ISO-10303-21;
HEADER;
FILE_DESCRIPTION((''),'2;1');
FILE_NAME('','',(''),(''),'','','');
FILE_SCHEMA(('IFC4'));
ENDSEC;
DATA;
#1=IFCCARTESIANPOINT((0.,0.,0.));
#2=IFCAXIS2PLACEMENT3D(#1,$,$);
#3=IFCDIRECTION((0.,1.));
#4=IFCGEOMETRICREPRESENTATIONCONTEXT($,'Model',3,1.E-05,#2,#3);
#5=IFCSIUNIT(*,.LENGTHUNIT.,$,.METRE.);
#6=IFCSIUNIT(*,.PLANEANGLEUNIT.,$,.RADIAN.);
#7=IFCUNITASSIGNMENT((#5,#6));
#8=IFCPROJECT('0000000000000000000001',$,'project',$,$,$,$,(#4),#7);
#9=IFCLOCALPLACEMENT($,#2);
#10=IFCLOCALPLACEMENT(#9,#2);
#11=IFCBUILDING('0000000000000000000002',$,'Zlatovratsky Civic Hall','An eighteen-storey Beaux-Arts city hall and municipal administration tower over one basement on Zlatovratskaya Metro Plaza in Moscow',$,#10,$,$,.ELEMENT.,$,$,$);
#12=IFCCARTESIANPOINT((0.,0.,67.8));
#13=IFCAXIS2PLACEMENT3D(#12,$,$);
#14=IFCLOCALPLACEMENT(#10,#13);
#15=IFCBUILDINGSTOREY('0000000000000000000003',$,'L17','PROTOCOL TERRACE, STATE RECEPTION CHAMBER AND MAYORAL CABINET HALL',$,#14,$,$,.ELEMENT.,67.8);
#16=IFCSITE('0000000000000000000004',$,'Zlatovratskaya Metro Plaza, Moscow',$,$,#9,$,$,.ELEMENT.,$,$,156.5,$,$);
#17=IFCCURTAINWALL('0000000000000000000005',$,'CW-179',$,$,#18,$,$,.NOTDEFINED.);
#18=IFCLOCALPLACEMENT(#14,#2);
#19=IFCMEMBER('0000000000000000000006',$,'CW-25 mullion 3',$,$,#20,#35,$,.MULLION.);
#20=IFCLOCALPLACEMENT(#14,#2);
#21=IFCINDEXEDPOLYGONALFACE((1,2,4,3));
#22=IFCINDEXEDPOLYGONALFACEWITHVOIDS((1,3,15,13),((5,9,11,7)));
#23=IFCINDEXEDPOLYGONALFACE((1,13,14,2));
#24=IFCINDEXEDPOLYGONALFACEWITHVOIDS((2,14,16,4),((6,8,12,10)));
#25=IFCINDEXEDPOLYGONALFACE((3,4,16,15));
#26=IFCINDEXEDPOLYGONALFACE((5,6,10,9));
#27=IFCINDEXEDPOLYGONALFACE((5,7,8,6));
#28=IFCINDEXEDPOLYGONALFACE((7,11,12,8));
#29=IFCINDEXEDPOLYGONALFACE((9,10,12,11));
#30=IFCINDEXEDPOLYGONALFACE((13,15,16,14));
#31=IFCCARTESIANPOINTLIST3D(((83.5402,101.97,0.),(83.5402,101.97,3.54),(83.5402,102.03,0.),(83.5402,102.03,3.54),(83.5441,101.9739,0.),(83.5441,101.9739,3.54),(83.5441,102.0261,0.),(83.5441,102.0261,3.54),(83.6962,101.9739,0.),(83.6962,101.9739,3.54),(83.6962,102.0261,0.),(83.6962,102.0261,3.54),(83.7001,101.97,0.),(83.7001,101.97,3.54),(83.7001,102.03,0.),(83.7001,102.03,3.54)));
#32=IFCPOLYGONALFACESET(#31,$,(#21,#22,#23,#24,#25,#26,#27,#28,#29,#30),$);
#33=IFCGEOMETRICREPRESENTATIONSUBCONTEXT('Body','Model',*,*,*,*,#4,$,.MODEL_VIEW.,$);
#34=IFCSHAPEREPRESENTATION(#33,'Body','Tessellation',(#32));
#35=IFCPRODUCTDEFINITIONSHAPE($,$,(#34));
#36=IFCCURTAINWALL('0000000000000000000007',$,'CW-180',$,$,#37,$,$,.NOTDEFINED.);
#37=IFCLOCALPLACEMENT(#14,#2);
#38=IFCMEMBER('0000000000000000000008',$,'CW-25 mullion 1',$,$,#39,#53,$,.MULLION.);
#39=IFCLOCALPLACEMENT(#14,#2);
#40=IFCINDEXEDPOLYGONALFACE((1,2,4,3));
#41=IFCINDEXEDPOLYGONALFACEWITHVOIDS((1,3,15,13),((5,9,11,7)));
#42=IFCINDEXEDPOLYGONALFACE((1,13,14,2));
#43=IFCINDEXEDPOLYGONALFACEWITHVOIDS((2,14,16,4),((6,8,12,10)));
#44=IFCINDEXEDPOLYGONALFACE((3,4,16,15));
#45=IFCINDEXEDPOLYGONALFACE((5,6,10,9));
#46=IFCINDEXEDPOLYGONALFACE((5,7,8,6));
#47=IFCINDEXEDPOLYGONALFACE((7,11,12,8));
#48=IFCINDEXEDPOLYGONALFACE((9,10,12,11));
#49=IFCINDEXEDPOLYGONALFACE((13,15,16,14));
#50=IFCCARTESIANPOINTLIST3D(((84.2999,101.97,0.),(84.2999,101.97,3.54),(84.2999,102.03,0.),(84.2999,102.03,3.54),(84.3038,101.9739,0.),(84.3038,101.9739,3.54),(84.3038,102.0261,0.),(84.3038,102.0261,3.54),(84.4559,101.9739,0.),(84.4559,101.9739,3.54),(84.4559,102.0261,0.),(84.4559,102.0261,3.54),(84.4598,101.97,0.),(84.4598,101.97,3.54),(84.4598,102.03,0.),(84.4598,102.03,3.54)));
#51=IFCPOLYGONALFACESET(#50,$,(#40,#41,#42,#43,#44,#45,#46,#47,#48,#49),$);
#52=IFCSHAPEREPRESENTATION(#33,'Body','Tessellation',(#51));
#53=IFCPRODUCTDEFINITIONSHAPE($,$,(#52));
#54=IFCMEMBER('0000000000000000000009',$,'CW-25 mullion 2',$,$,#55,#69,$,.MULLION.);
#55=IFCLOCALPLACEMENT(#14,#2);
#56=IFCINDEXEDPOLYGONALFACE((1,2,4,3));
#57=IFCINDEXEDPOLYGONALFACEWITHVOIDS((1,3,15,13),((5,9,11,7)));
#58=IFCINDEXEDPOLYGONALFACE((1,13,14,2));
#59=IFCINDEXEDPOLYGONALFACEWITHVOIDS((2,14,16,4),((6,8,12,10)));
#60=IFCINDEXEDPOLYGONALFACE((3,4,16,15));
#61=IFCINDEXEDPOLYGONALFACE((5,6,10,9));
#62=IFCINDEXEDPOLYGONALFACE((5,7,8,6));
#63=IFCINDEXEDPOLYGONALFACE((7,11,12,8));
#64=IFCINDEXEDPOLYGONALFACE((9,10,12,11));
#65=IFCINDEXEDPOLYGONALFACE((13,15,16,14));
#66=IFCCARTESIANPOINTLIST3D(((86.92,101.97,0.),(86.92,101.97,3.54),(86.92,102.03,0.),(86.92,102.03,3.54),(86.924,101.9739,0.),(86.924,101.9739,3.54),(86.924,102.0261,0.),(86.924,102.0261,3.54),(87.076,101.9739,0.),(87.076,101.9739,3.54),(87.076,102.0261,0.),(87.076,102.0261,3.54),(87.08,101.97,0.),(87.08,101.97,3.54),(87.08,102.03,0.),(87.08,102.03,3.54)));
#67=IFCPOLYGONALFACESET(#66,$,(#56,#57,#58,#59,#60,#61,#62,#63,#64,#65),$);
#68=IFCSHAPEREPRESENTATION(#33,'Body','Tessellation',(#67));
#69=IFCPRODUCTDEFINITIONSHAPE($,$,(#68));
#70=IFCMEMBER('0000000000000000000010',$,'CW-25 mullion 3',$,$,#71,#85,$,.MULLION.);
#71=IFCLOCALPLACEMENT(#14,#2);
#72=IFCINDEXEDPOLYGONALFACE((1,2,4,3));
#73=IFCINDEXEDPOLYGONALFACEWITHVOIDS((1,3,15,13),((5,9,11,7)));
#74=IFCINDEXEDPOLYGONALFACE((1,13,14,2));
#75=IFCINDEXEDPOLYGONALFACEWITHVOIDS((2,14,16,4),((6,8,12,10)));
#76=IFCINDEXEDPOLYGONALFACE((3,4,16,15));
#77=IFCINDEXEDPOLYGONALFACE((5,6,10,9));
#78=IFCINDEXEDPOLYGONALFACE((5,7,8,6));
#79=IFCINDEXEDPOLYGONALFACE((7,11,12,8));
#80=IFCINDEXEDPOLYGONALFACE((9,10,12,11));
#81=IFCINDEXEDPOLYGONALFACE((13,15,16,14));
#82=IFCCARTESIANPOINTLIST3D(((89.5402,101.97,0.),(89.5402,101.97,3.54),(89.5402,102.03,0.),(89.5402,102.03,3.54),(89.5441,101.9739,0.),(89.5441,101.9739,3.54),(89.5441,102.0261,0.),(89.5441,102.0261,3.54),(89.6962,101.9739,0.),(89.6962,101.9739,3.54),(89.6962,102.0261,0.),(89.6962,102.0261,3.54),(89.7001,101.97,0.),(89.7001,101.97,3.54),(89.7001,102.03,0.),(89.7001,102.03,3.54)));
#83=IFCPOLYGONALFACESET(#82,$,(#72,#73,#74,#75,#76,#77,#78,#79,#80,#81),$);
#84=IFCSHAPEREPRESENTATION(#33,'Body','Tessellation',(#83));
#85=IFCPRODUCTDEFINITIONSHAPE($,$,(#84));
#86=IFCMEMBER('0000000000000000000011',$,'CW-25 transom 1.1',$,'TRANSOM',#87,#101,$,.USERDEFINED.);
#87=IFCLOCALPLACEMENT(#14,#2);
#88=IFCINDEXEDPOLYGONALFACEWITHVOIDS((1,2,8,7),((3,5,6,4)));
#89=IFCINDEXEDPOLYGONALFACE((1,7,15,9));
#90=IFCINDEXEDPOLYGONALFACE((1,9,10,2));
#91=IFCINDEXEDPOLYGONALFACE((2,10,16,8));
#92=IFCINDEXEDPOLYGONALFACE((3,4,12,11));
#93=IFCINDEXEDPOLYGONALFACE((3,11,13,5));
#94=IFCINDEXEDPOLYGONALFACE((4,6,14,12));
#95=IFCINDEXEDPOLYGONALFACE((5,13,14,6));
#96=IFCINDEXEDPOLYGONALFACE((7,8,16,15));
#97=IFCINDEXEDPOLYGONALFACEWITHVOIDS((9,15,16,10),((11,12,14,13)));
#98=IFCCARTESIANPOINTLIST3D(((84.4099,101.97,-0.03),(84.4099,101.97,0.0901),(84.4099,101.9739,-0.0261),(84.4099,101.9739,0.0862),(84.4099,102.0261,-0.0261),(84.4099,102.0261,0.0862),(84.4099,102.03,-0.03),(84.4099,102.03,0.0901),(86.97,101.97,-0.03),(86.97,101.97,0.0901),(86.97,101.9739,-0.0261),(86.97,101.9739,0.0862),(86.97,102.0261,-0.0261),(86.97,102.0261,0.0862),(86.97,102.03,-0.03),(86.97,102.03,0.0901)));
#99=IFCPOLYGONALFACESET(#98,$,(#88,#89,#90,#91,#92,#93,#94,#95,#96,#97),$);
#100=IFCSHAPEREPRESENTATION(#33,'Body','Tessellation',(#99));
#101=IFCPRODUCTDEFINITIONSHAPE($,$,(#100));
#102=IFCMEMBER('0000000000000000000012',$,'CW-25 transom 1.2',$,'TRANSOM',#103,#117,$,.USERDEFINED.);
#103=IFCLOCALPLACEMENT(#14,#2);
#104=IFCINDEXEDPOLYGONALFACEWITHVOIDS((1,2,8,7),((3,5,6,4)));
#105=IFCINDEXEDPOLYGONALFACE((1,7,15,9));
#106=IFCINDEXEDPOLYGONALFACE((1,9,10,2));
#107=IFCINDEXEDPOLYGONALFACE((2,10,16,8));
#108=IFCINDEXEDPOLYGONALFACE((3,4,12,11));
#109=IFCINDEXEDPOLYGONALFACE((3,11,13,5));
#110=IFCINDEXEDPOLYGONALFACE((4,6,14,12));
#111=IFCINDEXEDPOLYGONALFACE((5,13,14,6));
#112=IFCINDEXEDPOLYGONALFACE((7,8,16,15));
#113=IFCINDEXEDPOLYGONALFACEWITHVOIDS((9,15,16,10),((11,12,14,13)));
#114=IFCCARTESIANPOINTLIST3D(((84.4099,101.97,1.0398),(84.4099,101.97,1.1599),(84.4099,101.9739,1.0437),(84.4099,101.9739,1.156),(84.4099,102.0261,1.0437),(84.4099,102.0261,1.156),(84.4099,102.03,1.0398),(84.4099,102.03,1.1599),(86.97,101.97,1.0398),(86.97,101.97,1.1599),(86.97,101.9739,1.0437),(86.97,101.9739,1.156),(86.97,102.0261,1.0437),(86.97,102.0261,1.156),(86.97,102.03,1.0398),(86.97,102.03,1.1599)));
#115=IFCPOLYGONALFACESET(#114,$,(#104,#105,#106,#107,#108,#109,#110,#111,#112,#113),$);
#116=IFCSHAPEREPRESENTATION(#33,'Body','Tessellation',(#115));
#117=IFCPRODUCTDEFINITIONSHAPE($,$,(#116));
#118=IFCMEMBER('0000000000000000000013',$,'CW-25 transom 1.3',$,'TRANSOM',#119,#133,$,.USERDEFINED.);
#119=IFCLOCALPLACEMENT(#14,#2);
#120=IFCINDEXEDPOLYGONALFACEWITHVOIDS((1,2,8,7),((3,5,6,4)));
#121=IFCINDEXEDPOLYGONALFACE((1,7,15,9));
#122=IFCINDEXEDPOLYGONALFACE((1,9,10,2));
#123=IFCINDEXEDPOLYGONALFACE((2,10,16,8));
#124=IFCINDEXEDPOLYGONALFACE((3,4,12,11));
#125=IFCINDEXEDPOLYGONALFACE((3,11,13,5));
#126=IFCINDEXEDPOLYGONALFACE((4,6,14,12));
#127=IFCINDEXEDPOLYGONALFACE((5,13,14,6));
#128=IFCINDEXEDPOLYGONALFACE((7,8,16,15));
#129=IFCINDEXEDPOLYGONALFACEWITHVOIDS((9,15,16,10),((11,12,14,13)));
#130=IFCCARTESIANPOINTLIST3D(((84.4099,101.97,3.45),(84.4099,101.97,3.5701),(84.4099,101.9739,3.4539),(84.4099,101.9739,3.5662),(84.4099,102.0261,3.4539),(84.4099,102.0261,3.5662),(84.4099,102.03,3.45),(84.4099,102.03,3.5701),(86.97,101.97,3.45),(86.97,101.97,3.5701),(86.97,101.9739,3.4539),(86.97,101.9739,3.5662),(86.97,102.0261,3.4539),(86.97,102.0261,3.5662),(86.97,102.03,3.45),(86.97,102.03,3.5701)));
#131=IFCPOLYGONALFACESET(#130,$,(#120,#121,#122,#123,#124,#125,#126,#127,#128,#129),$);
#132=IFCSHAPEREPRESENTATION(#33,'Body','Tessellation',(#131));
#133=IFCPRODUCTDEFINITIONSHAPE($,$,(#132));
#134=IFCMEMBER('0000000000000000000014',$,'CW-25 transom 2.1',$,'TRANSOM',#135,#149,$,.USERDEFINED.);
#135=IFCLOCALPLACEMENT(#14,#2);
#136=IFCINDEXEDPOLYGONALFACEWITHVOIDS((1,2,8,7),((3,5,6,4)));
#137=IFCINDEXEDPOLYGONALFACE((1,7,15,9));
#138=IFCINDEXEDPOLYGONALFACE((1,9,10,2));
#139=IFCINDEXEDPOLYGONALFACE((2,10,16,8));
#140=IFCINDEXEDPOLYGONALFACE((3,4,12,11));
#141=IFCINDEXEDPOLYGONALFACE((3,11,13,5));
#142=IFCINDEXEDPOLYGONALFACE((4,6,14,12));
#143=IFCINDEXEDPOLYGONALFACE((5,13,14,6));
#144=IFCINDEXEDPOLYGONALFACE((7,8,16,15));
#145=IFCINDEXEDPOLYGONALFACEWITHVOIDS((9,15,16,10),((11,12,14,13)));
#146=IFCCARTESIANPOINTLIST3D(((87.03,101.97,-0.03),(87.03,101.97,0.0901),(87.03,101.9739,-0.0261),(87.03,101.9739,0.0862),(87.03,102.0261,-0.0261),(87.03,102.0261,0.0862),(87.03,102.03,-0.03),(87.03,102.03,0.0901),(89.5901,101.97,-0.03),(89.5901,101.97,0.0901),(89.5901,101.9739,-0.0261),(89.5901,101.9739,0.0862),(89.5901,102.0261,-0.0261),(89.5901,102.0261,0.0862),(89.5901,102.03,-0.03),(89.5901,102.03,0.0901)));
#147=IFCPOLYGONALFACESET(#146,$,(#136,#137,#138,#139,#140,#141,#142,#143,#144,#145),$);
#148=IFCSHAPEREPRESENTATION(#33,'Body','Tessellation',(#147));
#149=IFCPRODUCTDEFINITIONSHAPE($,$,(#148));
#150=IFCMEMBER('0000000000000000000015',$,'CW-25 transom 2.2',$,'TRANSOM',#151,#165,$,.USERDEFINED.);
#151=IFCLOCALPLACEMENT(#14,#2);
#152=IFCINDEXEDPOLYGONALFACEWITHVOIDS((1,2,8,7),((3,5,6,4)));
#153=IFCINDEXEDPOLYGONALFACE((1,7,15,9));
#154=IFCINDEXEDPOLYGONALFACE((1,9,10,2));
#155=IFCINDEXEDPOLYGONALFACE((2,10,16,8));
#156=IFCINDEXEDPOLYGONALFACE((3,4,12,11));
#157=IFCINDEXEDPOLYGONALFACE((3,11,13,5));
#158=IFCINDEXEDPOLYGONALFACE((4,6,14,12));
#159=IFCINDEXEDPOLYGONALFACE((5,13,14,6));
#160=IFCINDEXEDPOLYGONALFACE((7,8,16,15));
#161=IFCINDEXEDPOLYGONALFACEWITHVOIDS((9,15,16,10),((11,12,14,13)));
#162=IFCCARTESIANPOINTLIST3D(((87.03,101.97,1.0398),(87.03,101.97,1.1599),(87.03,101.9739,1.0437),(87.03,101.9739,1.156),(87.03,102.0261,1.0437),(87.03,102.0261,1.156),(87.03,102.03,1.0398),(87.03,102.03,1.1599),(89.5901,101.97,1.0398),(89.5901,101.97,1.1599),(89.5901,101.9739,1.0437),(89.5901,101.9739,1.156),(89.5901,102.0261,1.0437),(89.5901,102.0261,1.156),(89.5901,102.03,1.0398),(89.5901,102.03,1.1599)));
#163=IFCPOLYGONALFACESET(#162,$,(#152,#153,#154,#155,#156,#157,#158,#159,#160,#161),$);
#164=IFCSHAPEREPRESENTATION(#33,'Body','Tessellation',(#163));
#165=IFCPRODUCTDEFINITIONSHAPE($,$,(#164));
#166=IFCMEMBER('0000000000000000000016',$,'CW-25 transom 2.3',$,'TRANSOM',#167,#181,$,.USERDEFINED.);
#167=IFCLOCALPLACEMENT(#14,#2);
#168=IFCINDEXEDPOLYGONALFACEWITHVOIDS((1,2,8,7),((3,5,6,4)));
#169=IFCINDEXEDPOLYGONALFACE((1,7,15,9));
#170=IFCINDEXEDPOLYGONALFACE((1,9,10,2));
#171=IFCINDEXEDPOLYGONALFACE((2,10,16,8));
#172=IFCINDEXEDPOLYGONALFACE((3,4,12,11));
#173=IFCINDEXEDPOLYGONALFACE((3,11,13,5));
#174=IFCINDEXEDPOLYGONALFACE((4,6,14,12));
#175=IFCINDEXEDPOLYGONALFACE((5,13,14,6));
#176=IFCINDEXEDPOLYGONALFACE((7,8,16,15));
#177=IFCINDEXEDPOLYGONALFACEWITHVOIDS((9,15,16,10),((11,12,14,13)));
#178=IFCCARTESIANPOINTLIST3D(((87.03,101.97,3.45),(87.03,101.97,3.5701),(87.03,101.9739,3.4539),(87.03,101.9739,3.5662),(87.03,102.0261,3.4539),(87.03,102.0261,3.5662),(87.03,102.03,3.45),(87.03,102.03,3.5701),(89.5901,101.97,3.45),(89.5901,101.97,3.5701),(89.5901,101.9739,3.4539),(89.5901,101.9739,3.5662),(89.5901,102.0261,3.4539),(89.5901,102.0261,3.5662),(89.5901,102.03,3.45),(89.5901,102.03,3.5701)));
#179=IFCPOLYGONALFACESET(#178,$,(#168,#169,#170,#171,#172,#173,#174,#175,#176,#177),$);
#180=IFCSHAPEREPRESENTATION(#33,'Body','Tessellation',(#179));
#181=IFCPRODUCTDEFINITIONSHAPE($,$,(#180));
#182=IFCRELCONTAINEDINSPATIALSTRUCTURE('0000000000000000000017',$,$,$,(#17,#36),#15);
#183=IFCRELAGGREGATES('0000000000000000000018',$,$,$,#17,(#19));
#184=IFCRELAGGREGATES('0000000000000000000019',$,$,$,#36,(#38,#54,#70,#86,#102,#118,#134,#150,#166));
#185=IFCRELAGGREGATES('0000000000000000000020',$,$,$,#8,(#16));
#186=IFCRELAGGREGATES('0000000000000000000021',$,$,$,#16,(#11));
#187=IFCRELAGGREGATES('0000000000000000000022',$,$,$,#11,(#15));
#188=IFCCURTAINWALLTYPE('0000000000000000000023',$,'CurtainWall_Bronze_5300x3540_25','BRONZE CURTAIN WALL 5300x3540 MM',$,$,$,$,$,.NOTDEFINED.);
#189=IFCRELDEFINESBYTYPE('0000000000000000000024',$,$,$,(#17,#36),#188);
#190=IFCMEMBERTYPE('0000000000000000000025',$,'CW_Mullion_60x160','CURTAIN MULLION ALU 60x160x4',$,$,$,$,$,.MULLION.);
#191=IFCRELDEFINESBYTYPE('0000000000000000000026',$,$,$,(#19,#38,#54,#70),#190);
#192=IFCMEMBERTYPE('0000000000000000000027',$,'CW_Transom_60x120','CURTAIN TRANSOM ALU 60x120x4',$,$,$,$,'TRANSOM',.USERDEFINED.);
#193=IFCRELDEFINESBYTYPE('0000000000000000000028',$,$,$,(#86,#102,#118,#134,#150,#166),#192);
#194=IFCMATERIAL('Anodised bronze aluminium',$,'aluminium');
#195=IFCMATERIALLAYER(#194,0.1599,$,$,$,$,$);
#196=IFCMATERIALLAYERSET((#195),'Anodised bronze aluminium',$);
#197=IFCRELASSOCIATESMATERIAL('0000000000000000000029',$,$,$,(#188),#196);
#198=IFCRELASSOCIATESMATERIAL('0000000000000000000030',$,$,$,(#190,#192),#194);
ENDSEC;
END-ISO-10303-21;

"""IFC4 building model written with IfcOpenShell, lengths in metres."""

from ifc_helpers import new_model, si_unit, direction, frame, origin, origin_2d, place, context, subcontext, project, spatial, hollow_rectangle, extrude, material, layer, layer_set, material_profile, profile_set, type_object, element, aggregate, save


model = new_model("IFC4")

# Units and contexts
model_context = context("Model", 3, precision=1e-05, world=origin(), true_north=direction((0.0, 1.0)))
body_context = subcontext(model_context, "Body", "Model", "MODEL_VIEW")
ifc_project = project(units=[si_unit("LENGTHUNIT", "METRE"), si_unit("PLANEANGLEUNIT", "RADIAN")], contexts=[model_context])

# Site, building, storey
site_placement = place(None, origin())
site = spatial("IfcSite", under=ifc_project, at=site_placement, Name="Zlatovratskaya Metro Plaza, Moscow", CompositionType="ELEMENT", RefElevation=156.5)
building_placement = place(site_placement, origin())
building = spatial("IfcBuilding", under=site, at=building_placement, Name="Zlatovratsky Civic Hall", Description="An eighteen-storey Beaux-Arts city hall and municipal administration tower over one basement on Zlatovratskaya Metro Plaza in Moscow", CompositionType="ELEMENT")
storey_placement = place(building_placement, frame((0.0, 0.0, 67.8)))
storey = spatial("IfcBuildingStorey", under=building, at=storey_placement, Name="L17", Description="PROTOCOL TERRACE, STATE RECEPTION CHAMBER AND MAYORAL CABINET HALL", CompositionType="ELEMENT", Elevation=67.8)

# Curtain wall, member
ifc_material_1 = material(Name="Anodised bronze aluminium", Category="aluminium")
ifc_layer_1 = layer(ifc_material_1, 0.1599)
ifc_layer_set_1 = layer_set([ifc_layer_1], Name="Anodised bronze aluminium")
curtain_wall_type = type_object("IfcCurtainWallType", Name="CurtainWall_Bronze_5300x3540_25", Description="BRONZE CURTAIN WALL 5300x3540 MM", PredefinedType="NOTDEFINED", material=ifc_layer_set_1)
curtain_wall_1_placement = place(storey_placement, origin())
curtain_wall_1 = element("IfcCurtainWall", 1, at=curtain_wall_1_placement, inside=storey, type_object=curtain_wall_type, Name="CW-179", PredefinedType="NOTDEFINED")
ifc_material_profile_1 = material_profile(ifc_material_1, hollow_rectangle(XDim=0.0601, YDim=0.1599, WallThickness=0.0039, at=origin_2d()), Name="ALU 60x160x4")
ifc_profile_set_1 = profile_set([ifc_material_profile_1], Name="Anodised bronze aluminium")
member_type_1 = type_object("IfcMemberType", Name="CW_Mullion_60x160", Description="CURTAIN MULLION ALU 60x160x4", PredefinedType="MULLION", material=ifc_profile_set_1)
member_1_placement = place(storey_placement, frame((83.6201, 102.0, 0.0), z_axis=(0.0, 0.0, 1.0), x_axis=(0.0, 1.0, 0.0)))
member_1 = element("IfcMember", 2, at=member_1_placement, type_object=member_type_1, Name="CW-25 mullion 3", PredefinedType="MULLION", context=body_context, shape_type="SweptSolid", body=[
    extrude(hollow_rectangle(XDim=0.0601, YDim=0.1599, WallThickness=0.0039, at=origin_2d()), origin(), (0.0, 0.0, 1.0), 3.54),
])

# Curtain wall, members
curtain_wall_2_placement = place(storey_placement, origin())
curtain_wall_2 = element("IfcCurtainWall", 3, at=curtain_wall_2_placement, inside=storey, type_object=curtain_wall_type, Name="CW-180", PredefinedType="NOTDEFINED")
member_2_placement = place(storey_placement, frame((84.3799, 102.0, 0.0), z_axis=(0.0, 0.0, 1.0), x_axis=(0.0, 1.0, 0.0)))
member_2 = element("IfcMember", 4, at=member_2_placement, type_object=member_type_1, Name="CW-25 mullion 1", PredefinedType="MULLION", context=body_context, shape_type="SweptSolid", body=[
    extrude(hollow_rectangle(XDim=0.0601, YDim=0.1599, WallThickness=0.0039, at=origin_2d()), origin(), (0.0, 0.0, 1.0), 3.54),
])
member_3_placement = place(storey_placement, frame((87.0, 102.0, 0.0), z_axis=(0.0, 0.0, 1.0), x_axis=(0.0, 1.0, 0.0)))
member_3 = element("IfcMember", 5, at=member_3_placement, type_object=member_type_1, Name="CW-25 mullion 2", PredefinedType="MULLION", context=body_context, shape_type="SweptSolid", body=[
    extrude(hollow_rectangle(XDim=0.0601, YDim=0.1599, WallThickness=0.0039, at=origin_2d()), origin(), (0.0, 0.0, 1.0), 3.54),
])
member_4_placement = place(storey_placement, frame((89.6201, 102.0, 0.0), z_axis=(0.0, 0.0, 1.0), x_axis=(0.0, 1.0, 0.0)))
member_4 = element("IfcMember", 6, at=member_4_placement, type_object=member_type_1, Name="CW-25 mullion 3", PredefinedType="MULLION", context=body_context, shape_type="SweptSolid", body=[
    extrude(hollow_rectangle(XDim=0.0601, YDim=0.1599, WallThickness=0.0039, at=origin_2d()), origin(), (0.0, 0.0, 1.0), 3.54),
])
ifc_material_profile_2 = material_profile(ifc_material_1, hollow_rectangle(XDim=0.0601, YDim=0.1201, WallThickness=0.0039, at=origin_2d()), Name="ALU 60x120x4")
ifc_profile_set_2 = profile_set([ifc_material_profile_2], Name="Anodised bronze aluminium")
member_type_2 = type_object("IfcMemberType", Name="CW_Transom_60x120", Description="CURTAIN TRANSOM ALU 60x120x4", ElementType="TRANSOM", PredefinedType="USERDEFINED", material=ifc_profile_set_2)
member_5_placement = place(storey_placement, frame((84.4099, 102.0, 0.03), z_axis=(1.0, 0.0, 0.0), x_axis=(0.0, 1.0, 0.0)))
member_5 = element("IfcMember", 7, at=member_5_placement, type_object=member_type_2, Name="CW-25 transom 1.1", ObjectType="TRANSOM", PredefinedType="USERDEFINED", context=body_context, shape_type="SweptSolid", body=[
    extrude(hollow_rectangle(XDim=0.0601, YDim=0.1201, WallThickness=0.0039, at=origin_2d()), origin(), (0.0, 0.0, 1.0), 2.5601),
])
member_6_placement = place(storey_placement, frame((84.4099, 102.0, 1.0999), z_axis=(1.0, 0.0, 0.0), x_axis=(0.0, 1.0, 0.0)))
member_6 = element("IfcMember", 8, at=member_6_placement, type_object=member_type_2, Name="CW-25 transom 1.2", ObjectType="TRANSOM", PredefinedType="USERDEFINED", context=body_context, shape_type="SweptSolid", body=[
    extrude(hollow_rectangle(XDim=0.0601, YDim=0.1201, WallThickness=0.0039, at=origin_2d()), origin(), (0.0, 0.0, 1.0), 2.5601),
])
member_7_placement = place(storey_placement, frame((84.4099, 102.0, 3.51), z_axis=(1.0, 0.0, 0.0), x_axis=(0.0, 1.0, 0.0)))
member_7 = element("IfcMember", 9, at=member_7_placement, type_object=member_type_2, Name="CW-25 transom 1.3", ObjectType="TRANSOM", PredefinedType="USERDEFINED", context=body_context, shape_type="SweptSolid", body=[
    extrude(hollow_rectangle(XDim=0.0601, YDim=0.1201, WallThickness=0.0039, at=origin_2d()), origin(), (0.0, 0.0, 1.0), 2.5601),
])
member_8_placement = place(storey_placement, frame((87.03, 102.0, 0.03), z_axis=(1.0, 0.0, 0.0), x_axis=(0.0, 1.0, 0.0)))
member_8 = element("IfcMember", 10, at=member_8_placement, type_object=member_type_2, Name="CW-25 transom 2.1", ObjectType="TRANSOM", PredefinedType="USERDEFINED", context=body_context, shape_type="SweptSolid", body=[
    extrude(hollow_rectangle(XDim=0.0601, YDim=0.1201, WallThickness=0.0039, at=origin_2d()), origin(), (0.0, 0.0, 1.0), 2.5601),
])
member_9_placement = place(storey_placement, frame((87.03, 102.0, 1.0999), z_axis=(1.0, 0.0, 0.0), x_axis=(0.0, 1.0, 0.0)))
member_9 = element("IfcMember", 11, at=member_9_placement, type_object=member_type_2, Name="CW-25 transom 2.2", ObjectType="TRANSOM", PredefinedType="USERDEFINED", context=body_context, shape_type="SweptSolid", body=[
    extrude(hollow_rectangle(XDim=0.0601, YDim=0.1201, WallThickness=0.0039, at=origin_2d()), origin(), (0.0, 0.0, 1.0), 2.5601),
])
member_10_placement = place(storey_placement, frame((87.03, 102.0, 3.51), z_axis=(1.0, 0.0, 0.0), x_axis=(0.0, 1.0, 0.0)))
member_10 = element("IfcMember", 12, at=member_10_placement, type_object=member_type_2, Name="CW-25 transom 2.3", ObjectType="TRANSOM", PredefinedType="USERDEFINED", context=body_context, shape_type="SweptSolid", body=[
    extrude(hollow_rectangle(XDim=0.0601, YDim=0.1201, WallThickness=0.0039, at=origin_2d()), origin(), (0.0, 0.0, 1.0), 2.5601),
])

aggregate(curtain_wall_1, [member_1])
aggregate(curtain_wall_2, [member_2, member_3, member_4, member_5, member_6, member_7, member_8, member_9, member_10])

save(model, "model.ifc")
